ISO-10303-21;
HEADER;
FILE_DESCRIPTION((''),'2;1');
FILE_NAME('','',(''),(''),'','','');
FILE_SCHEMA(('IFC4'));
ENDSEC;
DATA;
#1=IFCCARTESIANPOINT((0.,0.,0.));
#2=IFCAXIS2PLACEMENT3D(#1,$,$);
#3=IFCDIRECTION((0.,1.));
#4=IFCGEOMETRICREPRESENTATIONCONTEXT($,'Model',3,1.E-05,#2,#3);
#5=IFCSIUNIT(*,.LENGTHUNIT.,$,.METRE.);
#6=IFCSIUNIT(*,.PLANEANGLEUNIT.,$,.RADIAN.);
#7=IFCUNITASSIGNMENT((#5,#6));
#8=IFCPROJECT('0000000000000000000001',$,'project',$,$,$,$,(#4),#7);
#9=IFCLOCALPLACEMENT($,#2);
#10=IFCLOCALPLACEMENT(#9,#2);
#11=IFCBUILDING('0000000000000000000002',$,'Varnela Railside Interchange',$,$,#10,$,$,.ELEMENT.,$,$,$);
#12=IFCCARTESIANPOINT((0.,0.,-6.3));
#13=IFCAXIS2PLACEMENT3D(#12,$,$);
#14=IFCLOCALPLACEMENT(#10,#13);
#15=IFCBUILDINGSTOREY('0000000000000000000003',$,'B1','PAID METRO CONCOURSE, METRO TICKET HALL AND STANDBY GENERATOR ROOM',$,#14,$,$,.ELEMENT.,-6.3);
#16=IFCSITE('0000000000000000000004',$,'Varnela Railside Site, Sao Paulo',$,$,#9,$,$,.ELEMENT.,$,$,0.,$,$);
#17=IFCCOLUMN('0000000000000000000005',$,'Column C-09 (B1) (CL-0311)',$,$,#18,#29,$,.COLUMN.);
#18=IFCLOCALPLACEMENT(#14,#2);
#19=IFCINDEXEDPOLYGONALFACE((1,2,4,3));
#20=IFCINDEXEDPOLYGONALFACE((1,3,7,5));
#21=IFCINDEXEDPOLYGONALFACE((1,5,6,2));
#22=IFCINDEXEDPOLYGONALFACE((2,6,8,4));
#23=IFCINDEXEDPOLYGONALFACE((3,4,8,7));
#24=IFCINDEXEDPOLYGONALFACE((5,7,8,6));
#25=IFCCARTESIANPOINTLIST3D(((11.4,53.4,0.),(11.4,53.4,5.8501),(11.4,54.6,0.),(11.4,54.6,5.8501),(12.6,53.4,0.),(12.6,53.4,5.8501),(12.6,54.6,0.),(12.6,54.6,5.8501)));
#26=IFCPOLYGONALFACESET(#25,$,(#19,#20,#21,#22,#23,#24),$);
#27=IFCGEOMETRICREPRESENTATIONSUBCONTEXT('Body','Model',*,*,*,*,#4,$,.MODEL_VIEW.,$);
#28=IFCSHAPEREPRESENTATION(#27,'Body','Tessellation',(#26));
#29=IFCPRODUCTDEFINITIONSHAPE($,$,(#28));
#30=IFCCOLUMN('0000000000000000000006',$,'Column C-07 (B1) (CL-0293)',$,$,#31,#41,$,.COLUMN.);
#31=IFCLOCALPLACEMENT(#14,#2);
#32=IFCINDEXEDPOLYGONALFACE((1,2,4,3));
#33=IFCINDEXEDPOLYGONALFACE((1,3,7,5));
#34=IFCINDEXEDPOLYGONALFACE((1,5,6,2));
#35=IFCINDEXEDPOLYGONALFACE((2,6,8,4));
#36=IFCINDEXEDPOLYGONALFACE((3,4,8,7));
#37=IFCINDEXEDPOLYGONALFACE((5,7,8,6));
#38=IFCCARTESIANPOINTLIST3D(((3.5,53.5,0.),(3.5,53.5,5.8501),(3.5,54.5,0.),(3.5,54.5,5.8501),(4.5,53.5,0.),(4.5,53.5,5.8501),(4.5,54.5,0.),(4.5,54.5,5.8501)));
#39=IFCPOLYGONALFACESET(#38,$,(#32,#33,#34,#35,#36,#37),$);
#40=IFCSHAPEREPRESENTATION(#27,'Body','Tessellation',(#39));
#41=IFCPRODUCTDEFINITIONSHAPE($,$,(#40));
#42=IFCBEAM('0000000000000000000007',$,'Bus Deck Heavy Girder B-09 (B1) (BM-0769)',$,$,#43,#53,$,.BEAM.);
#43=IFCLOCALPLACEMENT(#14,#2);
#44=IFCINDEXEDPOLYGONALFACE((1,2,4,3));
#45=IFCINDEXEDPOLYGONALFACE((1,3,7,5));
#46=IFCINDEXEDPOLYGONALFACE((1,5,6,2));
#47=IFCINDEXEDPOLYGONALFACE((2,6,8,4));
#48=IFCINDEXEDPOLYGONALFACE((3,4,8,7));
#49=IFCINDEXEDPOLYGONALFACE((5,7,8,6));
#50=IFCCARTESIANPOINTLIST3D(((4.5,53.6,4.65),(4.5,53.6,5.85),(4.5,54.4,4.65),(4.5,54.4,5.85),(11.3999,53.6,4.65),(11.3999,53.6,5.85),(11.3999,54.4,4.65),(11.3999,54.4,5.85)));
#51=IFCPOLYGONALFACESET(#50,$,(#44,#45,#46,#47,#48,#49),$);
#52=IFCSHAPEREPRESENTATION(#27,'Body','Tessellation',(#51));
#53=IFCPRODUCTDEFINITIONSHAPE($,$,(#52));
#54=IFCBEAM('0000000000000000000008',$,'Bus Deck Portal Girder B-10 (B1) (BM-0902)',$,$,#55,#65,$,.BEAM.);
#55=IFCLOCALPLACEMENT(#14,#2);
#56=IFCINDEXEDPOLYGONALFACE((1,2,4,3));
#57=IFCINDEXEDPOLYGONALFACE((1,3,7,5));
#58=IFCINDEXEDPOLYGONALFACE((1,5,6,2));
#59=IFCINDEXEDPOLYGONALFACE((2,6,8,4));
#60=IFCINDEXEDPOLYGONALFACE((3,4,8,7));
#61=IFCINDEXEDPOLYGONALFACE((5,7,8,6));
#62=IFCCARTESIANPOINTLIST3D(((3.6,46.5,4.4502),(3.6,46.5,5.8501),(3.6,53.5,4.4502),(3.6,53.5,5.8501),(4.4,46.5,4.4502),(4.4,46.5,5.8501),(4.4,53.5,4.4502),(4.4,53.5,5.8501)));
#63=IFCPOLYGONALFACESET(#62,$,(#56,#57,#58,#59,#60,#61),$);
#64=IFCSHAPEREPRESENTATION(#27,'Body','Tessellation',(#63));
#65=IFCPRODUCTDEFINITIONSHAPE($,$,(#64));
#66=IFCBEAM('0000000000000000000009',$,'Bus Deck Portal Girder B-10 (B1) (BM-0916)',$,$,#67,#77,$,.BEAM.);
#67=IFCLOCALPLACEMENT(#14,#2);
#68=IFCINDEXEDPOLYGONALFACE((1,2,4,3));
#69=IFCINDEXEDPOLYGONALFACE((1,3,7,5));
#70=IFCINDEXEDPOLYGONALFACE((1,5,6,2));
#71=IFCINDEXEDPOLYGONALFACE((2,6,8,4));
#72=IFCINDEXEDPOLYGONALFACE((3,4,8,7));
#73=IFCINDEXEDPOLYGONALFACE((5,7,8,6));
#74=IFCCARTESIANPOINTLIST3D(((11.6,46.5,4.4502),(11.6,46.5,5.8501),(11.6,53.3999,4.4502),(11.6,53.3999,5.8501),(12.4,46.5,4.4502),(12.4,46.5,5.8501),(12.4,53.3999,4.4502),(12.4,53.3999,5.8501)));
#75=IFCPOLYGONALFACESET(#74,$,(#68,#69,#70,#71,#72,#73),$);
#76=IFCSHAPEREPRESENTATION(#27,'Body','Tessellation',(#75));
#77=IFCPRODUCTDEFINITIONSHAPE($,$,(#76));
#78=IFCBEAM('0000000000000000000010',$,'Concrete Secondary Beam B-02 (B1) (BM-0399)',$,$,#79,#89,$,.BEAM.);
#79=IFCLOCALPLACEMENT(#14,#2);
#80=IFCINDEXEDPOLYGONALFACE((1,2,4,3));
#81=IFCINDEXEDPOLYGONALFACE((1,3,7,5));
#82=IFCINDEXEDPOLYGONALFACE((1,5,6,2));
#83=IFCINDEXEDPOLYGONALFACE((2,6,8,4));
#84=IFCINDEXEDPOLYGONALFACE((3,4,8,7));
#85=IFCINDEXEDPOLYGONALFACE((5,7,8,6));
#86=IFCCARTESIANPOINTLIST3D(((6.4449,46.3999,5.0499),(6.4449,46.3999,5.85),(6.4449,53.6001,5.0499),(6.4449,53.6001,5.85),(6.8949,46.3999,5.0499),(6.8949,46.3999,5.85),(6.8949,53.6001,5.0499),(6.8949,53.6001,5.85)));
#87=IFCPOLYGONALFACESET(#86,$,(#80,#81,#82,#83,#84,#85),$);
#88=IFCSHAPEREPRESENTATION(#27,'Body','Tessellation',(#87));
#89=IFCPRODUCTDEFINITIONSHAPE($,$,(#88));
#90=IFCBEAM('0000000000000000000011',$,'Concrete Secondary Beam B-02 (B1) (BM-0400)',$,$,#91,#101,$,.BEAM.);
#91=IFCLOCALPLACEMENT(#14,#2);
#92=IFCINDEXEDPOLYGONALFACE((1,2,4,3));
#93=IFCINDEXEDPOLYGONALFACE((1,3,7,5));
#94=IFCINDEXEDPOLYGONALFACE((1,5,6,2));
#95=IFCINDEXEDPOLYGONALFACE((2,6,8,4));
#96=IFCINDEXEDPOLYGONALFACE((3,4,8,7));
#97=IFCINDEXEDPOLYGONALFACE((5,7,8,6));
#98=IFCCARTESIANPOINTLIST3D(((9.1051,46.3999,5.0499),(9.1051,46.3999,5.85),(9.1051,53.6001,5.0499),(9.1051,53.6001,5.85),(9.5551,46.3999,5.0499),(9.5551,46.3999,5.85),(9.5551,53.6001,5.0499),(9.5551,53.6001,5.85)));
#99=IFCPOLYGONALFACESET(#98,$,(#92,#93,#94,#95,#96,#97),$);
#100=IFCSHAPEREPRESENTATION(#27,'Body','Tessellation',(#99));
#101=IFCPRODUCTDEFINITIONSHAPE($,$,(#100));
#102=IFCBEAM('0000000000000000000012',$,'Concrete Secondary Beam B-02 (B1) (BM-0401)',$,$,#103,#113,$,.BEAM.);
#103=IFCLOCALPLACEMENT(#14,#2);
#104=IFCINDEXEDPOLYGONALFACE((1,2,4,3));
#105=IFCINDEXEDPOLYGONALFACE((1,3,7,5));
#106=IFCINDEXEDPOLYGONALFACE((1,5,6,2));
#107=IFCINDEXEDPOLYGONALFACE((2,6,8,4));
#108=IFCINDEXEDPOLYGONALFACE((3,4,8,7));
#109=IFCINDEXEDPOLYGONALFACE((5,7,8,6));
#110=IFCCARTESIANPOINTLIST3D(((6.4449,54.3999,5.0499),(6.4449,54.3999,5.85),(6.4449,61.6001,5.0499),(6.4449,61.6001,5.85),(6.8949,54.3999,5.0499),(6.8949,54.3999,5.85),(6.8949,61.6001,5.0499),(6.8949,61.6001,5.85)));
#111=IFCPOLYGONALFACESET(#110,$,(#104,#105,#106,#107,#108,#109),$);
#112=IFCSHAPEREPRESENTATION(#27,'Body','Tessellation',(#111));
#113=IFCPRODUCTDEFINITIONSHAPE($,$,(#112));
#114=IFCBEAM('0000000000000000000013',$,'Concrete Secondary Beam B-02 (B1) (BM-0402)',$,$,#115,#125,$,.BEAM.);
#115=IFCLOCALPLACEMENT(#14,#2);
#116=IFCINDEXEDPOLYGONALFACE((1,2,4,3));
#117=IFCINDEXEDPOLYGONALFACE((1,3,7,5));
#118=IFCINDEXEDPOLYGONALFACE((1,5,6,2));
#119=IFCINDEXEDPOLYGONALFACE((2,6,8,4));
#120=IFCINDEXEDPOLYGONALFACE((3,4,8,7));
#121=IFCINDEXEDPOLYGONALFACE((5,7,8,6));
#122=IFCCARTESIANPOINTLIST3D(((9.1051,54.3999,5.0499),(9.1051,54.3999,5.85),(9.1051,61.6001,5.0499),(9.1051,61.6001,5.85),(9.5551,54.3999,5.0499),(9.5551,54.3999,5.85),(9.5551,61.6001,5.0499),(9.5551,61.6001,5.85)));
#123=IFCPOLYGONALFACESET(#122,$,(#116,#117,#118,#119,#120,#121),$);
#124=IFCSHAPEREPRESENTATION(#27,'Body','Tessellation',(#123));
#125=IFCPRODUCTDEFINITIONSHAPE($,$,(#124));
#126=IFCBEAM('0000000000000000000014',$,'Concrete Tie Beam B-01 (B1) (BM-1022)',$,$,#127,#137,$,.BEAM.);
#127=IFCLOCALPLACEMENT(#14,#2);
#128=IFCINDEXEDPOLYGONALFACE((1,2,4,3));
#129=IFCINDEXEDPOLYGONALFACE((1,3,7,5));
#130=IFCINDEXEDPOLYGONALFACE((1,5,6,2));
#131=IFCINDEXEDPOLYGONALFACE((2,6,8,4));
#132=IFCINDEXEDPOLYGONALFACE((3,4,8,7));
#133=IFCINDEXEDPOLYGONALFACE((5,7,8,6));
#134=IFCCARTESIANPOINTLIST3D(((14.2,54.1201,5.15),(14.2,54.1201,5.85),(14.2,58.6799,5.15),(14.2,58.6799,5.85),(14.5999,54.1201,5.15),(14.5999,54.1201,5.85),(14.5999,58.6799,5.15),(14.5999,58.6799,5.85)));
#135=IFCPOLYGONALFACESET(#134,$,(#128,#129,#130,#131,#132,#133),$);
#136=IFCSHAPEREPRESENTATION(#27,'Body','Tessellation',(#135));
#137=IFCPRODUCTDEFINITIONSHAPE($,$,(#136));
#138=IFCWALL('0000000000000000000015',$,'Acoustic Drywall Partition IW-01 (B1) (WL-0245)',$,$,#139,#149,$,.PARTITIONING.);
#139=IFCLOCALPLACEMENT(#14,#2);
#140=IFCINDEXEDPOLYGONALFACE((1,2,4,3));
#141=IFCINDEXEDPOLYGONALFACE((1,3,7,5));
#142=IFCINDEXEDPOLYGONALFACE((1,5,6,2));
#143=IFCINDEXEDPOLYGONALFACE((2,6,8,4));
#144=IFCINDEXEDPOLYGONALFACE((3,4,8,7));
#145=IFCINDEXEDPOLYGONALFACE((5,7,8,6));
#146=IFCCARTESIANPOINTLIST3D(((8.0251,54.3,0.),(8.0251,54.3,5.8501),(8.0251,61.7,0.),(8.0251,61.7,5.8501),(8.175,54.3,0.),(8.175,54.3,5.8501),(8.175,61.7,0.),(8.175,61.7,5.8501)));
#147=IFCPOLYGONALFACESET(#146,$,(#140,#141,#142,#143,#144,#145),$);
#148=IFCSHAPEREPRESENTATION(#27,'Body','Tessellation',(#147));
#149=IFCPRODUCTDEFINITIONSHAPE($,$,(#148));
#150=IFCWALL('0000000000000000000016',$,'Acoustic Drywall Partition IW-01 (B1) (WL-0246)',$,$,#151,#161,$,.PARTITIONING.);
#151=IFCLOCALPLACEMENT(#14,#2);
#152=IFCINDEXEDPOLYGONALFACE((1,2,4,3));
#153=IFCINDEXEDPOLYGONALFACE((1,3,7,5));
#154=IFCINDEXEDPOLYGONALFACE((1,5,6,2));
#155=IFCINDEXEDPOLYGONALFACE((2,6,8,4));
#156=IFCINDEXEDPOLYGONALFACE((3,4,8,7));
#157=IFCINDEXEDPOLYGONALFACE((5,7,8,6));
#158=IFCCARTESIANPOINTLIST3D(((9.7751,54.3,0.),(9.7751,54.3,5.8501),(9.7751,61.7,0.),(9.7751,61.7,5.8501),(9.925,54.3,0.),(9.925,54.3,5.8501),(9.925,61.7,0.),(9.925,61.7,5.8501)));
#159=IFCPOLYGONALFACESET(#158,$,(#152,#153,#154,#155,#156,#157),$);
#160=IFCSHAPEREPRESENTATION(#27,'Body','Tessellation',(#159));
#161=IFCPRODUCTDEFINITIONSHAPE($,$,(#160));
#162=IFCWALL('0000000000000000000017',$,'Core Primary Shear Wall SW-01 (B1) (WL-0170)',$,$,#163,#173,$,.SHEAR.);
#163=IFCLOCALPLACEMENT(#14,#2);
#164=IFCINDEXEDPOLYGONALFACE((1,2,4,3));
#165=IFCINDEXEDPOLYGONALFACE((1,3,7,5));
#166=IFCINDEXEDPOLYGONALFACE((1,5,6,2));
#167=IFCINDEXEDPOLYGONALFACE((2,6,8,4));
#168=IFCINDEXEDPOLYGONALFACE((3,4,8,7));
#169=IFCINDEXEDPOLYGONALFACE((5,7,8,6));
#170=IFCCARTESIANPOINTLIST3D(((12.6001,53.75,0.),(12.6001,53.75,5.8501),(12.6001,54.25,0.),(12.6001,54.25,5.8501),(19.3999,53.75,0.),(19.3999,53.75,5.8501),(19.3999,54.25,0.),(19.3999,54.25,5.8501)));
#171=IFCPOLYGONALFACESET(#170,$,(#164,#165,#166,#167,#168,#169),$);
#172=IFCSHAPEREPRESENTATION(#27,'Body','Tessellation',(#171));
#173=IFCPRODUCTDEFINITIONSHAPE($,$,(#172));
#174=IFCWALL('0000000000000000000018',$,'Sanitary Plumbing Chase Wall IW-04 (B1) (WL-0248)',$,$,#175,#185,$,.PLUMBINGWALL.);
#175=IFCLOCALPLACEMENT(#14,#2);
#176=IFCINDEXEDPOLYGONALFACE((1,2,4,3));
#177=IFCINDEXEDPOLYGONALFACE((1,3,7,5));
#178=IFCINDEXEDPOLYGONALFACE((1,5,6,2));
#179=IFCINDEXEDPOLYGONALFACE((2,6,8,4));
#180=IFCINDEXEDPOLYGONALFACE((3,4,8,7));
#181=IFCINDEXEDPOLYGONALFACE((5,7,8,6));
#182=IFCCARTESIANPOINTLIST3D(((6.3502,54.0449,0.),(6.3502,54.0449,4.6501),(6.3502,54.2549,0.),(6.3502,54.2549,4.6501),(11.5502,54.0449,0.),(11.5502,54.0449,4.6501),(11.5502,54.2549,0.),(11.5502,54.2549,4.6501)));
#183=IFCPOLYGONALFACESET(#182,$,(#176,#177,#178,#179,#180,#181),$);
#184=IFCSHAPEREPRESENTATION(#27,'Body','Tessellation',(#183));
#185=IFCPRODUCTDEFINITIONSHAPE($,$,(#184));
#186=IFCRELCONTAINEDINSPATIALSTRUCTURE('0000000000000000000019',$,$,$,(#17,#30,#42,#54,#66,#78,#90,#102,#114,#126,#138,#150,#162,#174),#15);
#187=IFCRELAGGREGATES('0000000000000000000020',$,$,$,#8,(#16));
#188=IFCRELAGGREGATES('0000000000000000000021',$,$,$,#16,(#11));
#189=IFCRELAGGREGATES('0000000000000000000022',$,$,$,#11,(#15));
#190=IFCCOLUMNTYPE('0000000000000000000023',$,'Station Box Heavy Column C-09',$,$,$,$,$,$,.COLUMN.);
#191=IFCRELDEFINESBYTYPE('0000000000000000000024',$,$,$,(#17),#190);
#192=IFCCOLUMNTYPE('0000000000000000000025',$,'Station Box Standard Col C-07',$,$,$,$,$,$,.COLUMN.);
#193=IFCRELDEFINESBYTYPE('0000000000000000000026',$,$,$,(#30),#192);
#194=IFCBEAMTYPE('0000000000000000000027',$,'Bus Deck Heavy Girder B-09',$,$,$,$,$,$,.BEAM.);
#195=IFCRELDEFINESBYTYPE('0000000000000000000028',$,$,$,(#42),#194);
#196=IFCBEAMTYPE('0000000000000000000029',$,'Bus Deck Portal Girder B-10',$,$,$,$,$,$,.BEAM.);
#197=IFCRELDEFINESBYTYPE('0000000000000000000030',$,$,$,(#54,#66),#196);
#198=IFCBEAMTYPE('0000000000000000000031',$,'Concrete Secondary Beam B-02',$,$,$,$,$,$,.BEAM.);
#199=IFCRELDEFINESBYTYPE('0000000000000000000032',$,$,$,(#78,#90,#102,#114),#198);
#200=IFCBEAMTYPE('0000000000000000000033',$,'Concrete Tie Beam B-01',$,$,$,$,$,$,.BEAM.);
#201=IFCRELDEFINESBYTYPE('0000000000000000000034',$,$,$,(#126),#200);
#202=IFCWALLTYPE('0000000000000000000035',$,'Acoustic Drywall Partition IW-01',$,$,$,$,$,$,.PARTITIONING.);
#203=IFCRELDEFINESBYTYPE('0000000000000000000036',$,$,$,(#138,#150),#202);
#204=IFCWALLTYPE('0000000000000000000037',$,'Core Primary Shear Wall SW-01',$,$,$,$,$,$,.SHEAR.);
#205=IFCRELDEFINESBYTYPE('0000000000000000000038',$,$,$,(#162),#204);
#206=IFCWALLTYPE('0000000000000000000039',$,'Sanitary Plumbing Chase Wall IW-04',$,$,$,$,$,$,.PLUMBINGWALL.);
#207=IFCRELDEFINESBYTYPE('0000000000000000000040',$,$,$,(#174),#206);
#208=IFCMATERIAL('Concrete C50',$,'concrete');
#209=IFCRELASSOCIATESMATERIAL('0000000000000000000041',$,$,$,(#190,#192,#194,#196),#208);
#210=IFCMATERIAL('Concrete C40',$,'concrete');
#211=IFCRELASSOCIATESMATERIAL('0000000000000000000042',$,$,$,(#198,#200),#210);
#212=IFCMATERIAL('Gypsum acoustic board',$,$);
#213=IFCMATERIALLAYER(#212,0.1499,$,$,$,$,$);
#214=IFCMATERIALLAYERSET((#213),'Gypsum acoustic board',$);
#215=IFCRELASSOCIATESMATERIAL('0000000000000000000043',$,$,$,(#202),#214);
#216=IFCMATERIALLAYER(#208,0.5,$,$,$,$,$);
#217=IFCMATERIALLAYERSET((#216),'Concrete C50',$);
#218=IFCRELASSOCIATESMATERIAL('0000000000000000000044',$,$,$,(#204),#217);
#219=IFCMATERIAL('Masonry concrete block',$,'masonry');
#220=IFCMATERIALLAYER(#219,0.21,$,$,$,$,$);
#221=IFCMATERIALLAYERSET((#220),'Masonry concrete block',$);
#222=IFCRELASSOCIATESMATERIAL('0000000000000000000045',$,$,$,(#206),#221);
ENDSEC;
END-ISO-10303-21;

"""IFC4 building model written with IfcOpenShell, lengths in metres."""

from ifc_helpers import new_model, si_unit, direction, frame, frame_2d, origin, origin_2d, place, context, subcontext, project, spatial, rectangle, extrude, material, layer, layer_set, material_profile, profile_set, type_object, element, save


model = new_model("IFC4")

# Units and contexts
model_context = context("Model", 3, precision=1e-05, world=origin(), true_north=direction((0.0, 1.0)))
body_context = subcontext(model_context, "Body", "Model", "MODEL_VIEW")
ifc_project = project(units=[si_unit("LENGTHUNIT", "METRE"), si_unit("PLANEANGLEUNIT", "RADIAN")], contexts=[model_context])

# Site, building, storey
site_placement = place(None, origin())
site = spatial("IfcSite", under=ifc_project, at=site_placement, Name="Varnela Railside Site, Sao Paulo", CompositionType="ELEMENT", RefElevation=0.0)
building_placement = place(site_placement, origin())
building = spatial("IfcBuilding", under=site, at=building_placement, Name="Varnela Railside Interchange", CompositionType="ELEMENT")
storey_placement = place(building_placement, frame((0.0, 0.0, -6.3)))
storey = spatial("IfcBuildingStorey", under=building, at=storey_placement, Name="B1", Description="PAID METRO CONCOURSE, METRO TICKET HALL AND STANDBY GENERATOR ROOM", CompositionType="ELEMENT", Elevation=-6.3)

# Columns
ifc_material_1 = material(Name="Concrete C50", Category="concrete")
ifc_material_profile_1 = material_profile(ifc_material_1, rectangle(XDim=1.2, YDim=1.2, at=origin_2d()), Name="RC 1200x1200")
ifc_profile_set_1 = profile_set([ifc_material_profile_1], Name="Concrete C50")
column_type_1 = type_object("IfcColumnType", Name="Station Box Heavy Column C-09", PredefinedType="COLUMN", material=ifc_profile_set_1)
column_1_placement = place(storey_placement, frame((12.0, 54.0, 0.0), z_axis=(0.0, 0.0, 1.0), x_axis=(1.0, 0.0, 0.0)))
element("IfcColumn", 1, at=column_1_placement, inside=storey, type_object=column_type_1, Name="Column C-09 (B1) (CL-0311)", PredefinedType="COLUMN", context=body_context, shape_type="SweptSolid", body=[
    extrude(rectangle(XDim=1.2, YDim=1.2, at=origin_2d()), origin(), (0.0, 0.0, 1.0), 5.8501),
])
ifc_material_profile_2 = material_profile(ifc_material_1, rectangle(XDim=1.0, YDim=1.0, at=origin_2d()), Name="RC 1000x1000")
ifc_profile_set_2 = profile_set([ifc_material_profile_2], Name="Concrete C50")
column_type_2 = type_object("IfcColumnType", Name="Station Box Standard Col C-07", PredefinedType="COLUMN", material=ifc_profile_set_2)
column_2_placement = place(storey_placement, frame((4.0, 54.0, 0.0), z_axis=(0.0, 0.0, 1.0), x_axis=(1.0, 0.0, 0.0)))
element("IfcColumn", 2, at=column_2_placement, inside=storey, type_object=column_type_2, Name="Column C-07 (B1) (CL-0293)", PredefinedType="COLUMN", context=body_context, shape_type="SweptSolid", body=[
    extrude(rectangle(XDim=1.0, YDim=1.0, at=origin_2d()), origin(), (0.0, 0.0, 1.0), 5.8501),
])

# Beams
ifc_material_profile_3 = material_profile(ifc_material_1, rectangle(XDim=0.8, YDim=1.2, at=origin_2d()), Name="RC 800x1200")
ifc_profile_set_3 = profile_set([ifc_material_profile_3], Name="Concrete C50")
beam_type_1 = type_object("IfcBeamType", Name="Bus Deck Heavy Girder B-09", PredefinedType="BEAM", material=ifc_profile_set_3)
beam_1_placement = place(storey_placement, frame((4.5, 54.0, 5.25), z_axis=(1.0, 0.0, 0.0), x_axis=(0.0, 1.0, 0.0)))
element("IfcBeam", 3, at=beam_1_placement, inside=storey, type_object=beam_type_1, Name="Bus Deck Heavy Girder B-09 (B1) (BM-0769)", PredefinedType="BEAM", context=body_context, shape_type="SweptSolid", body=[
    extrude(rectangle(XDim=0.8, YDim=1.2, at=origin_2d()), origin(), (0.0, 0.0, 1.0), 6.8999),
])
ifc_material_profile_4 = material_profile(ifc_material_1, rectangle(XDim=0.8, YDim=1.3999, at=origin_2d()), Name="RC 800x1400")
ifc_profile_set_4 = profile_set([ifc_material_profile_4], Name="Concrete C50")
beam_type_2 = type_object("IfcBeamType", Name="Bus Deck Portal Girder B-10", PredefinedType="BEAM", material=ifc_profile_set_4)
beam_2_placement = place(storey_placement, frame((4.0, 46.5, 5.1501), z_axis=(0.0, 1.0, 0.0), x_axis=(-1.0, 0.0, 0.0)))
element("IfcBeam", 4, at=beam_2_placement, inside=storey, type_object=beam_type_2, Name="Bus Deck Portal Girder B-10 (B1) (BM-0902)", PredefinedType="BEAM", context=body_context, shape_type="SweptSolid", body=[
    extrude(rectangle(XDim=0.8, YDim=1.3999, at=origin_2d()), origin(), (0.0, 0.0, 1.0), 7.0),
])
beam_3_placement = place(storey_placement, frame((12.0, 46.5, 5.1501), z_axis=(0.0, 1.0, 0.0), x_axis=(-1.0, 0.0, 0.0)))
element("IfcBeam", 5, at=beam_3_placement, inside=storey, type_object=beam_type_2, Name="Bus Deck Portal Girder B-10 (B1) (BM-0916)", PredefinedType="BEAM", context=body_context, shape_type="SweptSolid", body=[
    extrude(rectangle(XDim=0.8, YDim=1.3999, at=origin_2d()), origin(), (0.0, 0.0, 1.0), 6.8999),
])
ifc_material_2 = material(Name="Concrete C40", Category="concrete")
ifc_material_profile_5 = material_profile(ifc_material_2, rectangle(XDim=0.45, YDim=0.8, at=origin_2d()), Name="RC 450x800")
ifc_profile_set_5 = profile_set([ifc_material_profile_5], Name="Concrete C40")
beam_type_3 = type_object("IfcBeamType", Name="Concrete Secondary Beam B-02", PredefinedType="BEAM", material=ifc_profile_set_5)
for number, where, z_axis, x_axis, name in (
    (6, (6.6699, 46.3999, 5.45), (0.0, 1.0, 0.0), (-1.0, 0.0, 0.0), "Concrete Secondary Beam B-02 (B1) (BM-0399)"),
    (7, (9.3301, 46.3999, 5.45), (0.0, 1.0, 0.0), (-1.0, 0.0, 0.0), "Concrete Secondary Beam B-02 (B1) (BM-0400)"),
    (8, (6.6699, 54.3999, 5.45), (0.0, 1.0, 0.0), (-1.0, 0.0, 0.0), "Concrete Secondary Beam B-02 (B1) (BM-0401)"),
    (9, (9.3301, 54.3999, 5.45), (0.0, 1.0, 0.0), (-1.0, 0.0, 0.0), "Concrete Secondary Beam B-02 (B1) (BM-0402)"),
):
    element("IfcBeam", number, at=place(storey_placement, frame(where, z_axis=z_axis, x_axis=x_axis)), inside=storey, type_object=beam_type_3, Name=name, PredefinedType="BEAM", context=body_context, shape_type="SweptSolid", body=[
        extrude(rectangle(XDim=0.45, YDim=0.8, at=origin_2d()), origin(), (0.0, 0.0, 1.0), 7.2002),
    ])
ifc_material_profile_6 = material_profile(ifc_material_2, rectangle(XDim=0.3999, YDim=0.7, at=origin_2d()), Name="RC 400x700")
ifc_profile_set_6 = profile_set([ifc_material_profile_6], Name="Concrete C40")
beam_type_4 = type_object("IfcBeamType", Name="Concrete Tie Beam B-01", PredefinedType="BEAM", material=ifc_profile_set_6)
beam_4_placement = place(storey_placement, frame((14.3999, 54.1201, 5.5), z_axis=(0.0, 1.0, 0.0), x_axis=(-1.0, 0.0, 0.0)))
element("IfcBeam", 10, at=beam_4_placement, inside=storey, type_object=beam_type_4, Name="Concrete Tie Beam B-01 (B1) (BM-1022)", PredefinedType="BEAM", context=body_context, shape_type="SweptSolid", body=[
    extrude(rectangle(XDim=0.3999, YDim=0.7, at=origin_2d()), origin(), (0.0, 0.0, 1.0), 4.5598),
])

# Walls
ifc_material_3 = material(Name="Gypsum acoustic board")
ifc_layer_1 = layer(ifc_material_3, 0.1499)
ifc_layer_set_1 = layer_set([ifc_layer_1], Name="Gypsum acoustic board")
wall_type_1 = type_object("IfcWallType", Name="Acoustic Drywall Partition IW-01", PredefinedType="PARTITIONING", material=ifc_layer_set_1)
for number, where, z_axis, x_axis, name in (
    (11, (8.1001, 54.3, 0.0), (0.0, 0.0, 1.0), (0.0, 1.0, 0.0), "Acoustic Drywall Partition IW-01 (B1) (WL-0245)"),
    (12, (9.8501, 54.3, 0.0), (0.0, 0.0, 1.0), (0.0, 1.0, 0.0), "Acoustic Drywall Partition IW-01 (B1) (WL-0246)"),
):
    element("IfcWall", number, at=place(storey_placement, frame(where, z_axis=z_axis, x_axis=x_axis)), inside=storey, type_object=wall_type_1, Name=name, PredefinedType="PARTITIONING", context=body_context, shape_type="SweptSolid", body=[
        extrude(rectangle(XDim=7.3999, YDim=0.1499, at=frame_2d((3.7, 0.0))), origin(), (0.0, 0.0, 1.0), 5.8501),
    ])
ifc_layer_2 = layer(ifc_material_1, 0.5)
ifc_layer_set_2 = layer_set([ifc_layer_2], Name="Concrete C50")
wall_type_2 = type_object("IfcWallType", Name="Core Primary Shear Wall SW-01", PredefinedType="SHEAR", material=ifc_layer_set_2)
wall_1_placement = place(storey_placement, frame((12.6001, 54.0, 0.0), z_axis=(0.0, 0.0, 1.0), x_axis=(1.0, 0.0, 0.0)))
element("IfcWall", 13, at=wall_1_placement, inside=storey, type_object=wall_type_2, Name="Core Primary Shear Wall SW-01 (B1) (WL-0170)", PredefinedType="SHEAR", context=body_context, shape_type="SweptSolid", body=[
    extrude(rectangle(XDim=6.7998, YDim=0.5, at=frame_2d((3.3999, 0.0))), origin(), (0.0, 0.0, 1.0), 5.8501),
])
ifc_material_4 = material(Name="Masonry concrete block", Category="masonry")
ifc_layer_3 = layer(ifc_material_4, 0.21)
ifc_layer_set_3 = layer_set([ifc_layer_3], Name="Masonry concrete block")
wall_type_3 = type_object("IfcWallType", Name="Sanitary Plumbing Chase Wall IW-04", PredefinedType="PLUMBINGWALL", material=ifc_layer_set_3)
wall_2_placement = place(storey_placement, frame((6.3501, 54.1499, 0.0), z_axis=(0.0, 0.0, 1.0), x_axis=(1.0, 0.0, 0.0)))
element("IfcWall", 14, at=wall_2_placement, inside=storey, type_object=wall_type_3, Name="Sanitary Plumbing Chase Wall IW-04 (B1) (WL-0248)", PredefinedType="PLUMBINGWALL", context=body_context, shape_type="SweptSolid", body=[
    extrude(rectangle(XDim=5.2, YDim=0.21, at=frame_2d((2.6001, 0.0))), origin(), (0.0, 0.0, 1.0), 4.6501),
])

save(model, "model.ifc")
